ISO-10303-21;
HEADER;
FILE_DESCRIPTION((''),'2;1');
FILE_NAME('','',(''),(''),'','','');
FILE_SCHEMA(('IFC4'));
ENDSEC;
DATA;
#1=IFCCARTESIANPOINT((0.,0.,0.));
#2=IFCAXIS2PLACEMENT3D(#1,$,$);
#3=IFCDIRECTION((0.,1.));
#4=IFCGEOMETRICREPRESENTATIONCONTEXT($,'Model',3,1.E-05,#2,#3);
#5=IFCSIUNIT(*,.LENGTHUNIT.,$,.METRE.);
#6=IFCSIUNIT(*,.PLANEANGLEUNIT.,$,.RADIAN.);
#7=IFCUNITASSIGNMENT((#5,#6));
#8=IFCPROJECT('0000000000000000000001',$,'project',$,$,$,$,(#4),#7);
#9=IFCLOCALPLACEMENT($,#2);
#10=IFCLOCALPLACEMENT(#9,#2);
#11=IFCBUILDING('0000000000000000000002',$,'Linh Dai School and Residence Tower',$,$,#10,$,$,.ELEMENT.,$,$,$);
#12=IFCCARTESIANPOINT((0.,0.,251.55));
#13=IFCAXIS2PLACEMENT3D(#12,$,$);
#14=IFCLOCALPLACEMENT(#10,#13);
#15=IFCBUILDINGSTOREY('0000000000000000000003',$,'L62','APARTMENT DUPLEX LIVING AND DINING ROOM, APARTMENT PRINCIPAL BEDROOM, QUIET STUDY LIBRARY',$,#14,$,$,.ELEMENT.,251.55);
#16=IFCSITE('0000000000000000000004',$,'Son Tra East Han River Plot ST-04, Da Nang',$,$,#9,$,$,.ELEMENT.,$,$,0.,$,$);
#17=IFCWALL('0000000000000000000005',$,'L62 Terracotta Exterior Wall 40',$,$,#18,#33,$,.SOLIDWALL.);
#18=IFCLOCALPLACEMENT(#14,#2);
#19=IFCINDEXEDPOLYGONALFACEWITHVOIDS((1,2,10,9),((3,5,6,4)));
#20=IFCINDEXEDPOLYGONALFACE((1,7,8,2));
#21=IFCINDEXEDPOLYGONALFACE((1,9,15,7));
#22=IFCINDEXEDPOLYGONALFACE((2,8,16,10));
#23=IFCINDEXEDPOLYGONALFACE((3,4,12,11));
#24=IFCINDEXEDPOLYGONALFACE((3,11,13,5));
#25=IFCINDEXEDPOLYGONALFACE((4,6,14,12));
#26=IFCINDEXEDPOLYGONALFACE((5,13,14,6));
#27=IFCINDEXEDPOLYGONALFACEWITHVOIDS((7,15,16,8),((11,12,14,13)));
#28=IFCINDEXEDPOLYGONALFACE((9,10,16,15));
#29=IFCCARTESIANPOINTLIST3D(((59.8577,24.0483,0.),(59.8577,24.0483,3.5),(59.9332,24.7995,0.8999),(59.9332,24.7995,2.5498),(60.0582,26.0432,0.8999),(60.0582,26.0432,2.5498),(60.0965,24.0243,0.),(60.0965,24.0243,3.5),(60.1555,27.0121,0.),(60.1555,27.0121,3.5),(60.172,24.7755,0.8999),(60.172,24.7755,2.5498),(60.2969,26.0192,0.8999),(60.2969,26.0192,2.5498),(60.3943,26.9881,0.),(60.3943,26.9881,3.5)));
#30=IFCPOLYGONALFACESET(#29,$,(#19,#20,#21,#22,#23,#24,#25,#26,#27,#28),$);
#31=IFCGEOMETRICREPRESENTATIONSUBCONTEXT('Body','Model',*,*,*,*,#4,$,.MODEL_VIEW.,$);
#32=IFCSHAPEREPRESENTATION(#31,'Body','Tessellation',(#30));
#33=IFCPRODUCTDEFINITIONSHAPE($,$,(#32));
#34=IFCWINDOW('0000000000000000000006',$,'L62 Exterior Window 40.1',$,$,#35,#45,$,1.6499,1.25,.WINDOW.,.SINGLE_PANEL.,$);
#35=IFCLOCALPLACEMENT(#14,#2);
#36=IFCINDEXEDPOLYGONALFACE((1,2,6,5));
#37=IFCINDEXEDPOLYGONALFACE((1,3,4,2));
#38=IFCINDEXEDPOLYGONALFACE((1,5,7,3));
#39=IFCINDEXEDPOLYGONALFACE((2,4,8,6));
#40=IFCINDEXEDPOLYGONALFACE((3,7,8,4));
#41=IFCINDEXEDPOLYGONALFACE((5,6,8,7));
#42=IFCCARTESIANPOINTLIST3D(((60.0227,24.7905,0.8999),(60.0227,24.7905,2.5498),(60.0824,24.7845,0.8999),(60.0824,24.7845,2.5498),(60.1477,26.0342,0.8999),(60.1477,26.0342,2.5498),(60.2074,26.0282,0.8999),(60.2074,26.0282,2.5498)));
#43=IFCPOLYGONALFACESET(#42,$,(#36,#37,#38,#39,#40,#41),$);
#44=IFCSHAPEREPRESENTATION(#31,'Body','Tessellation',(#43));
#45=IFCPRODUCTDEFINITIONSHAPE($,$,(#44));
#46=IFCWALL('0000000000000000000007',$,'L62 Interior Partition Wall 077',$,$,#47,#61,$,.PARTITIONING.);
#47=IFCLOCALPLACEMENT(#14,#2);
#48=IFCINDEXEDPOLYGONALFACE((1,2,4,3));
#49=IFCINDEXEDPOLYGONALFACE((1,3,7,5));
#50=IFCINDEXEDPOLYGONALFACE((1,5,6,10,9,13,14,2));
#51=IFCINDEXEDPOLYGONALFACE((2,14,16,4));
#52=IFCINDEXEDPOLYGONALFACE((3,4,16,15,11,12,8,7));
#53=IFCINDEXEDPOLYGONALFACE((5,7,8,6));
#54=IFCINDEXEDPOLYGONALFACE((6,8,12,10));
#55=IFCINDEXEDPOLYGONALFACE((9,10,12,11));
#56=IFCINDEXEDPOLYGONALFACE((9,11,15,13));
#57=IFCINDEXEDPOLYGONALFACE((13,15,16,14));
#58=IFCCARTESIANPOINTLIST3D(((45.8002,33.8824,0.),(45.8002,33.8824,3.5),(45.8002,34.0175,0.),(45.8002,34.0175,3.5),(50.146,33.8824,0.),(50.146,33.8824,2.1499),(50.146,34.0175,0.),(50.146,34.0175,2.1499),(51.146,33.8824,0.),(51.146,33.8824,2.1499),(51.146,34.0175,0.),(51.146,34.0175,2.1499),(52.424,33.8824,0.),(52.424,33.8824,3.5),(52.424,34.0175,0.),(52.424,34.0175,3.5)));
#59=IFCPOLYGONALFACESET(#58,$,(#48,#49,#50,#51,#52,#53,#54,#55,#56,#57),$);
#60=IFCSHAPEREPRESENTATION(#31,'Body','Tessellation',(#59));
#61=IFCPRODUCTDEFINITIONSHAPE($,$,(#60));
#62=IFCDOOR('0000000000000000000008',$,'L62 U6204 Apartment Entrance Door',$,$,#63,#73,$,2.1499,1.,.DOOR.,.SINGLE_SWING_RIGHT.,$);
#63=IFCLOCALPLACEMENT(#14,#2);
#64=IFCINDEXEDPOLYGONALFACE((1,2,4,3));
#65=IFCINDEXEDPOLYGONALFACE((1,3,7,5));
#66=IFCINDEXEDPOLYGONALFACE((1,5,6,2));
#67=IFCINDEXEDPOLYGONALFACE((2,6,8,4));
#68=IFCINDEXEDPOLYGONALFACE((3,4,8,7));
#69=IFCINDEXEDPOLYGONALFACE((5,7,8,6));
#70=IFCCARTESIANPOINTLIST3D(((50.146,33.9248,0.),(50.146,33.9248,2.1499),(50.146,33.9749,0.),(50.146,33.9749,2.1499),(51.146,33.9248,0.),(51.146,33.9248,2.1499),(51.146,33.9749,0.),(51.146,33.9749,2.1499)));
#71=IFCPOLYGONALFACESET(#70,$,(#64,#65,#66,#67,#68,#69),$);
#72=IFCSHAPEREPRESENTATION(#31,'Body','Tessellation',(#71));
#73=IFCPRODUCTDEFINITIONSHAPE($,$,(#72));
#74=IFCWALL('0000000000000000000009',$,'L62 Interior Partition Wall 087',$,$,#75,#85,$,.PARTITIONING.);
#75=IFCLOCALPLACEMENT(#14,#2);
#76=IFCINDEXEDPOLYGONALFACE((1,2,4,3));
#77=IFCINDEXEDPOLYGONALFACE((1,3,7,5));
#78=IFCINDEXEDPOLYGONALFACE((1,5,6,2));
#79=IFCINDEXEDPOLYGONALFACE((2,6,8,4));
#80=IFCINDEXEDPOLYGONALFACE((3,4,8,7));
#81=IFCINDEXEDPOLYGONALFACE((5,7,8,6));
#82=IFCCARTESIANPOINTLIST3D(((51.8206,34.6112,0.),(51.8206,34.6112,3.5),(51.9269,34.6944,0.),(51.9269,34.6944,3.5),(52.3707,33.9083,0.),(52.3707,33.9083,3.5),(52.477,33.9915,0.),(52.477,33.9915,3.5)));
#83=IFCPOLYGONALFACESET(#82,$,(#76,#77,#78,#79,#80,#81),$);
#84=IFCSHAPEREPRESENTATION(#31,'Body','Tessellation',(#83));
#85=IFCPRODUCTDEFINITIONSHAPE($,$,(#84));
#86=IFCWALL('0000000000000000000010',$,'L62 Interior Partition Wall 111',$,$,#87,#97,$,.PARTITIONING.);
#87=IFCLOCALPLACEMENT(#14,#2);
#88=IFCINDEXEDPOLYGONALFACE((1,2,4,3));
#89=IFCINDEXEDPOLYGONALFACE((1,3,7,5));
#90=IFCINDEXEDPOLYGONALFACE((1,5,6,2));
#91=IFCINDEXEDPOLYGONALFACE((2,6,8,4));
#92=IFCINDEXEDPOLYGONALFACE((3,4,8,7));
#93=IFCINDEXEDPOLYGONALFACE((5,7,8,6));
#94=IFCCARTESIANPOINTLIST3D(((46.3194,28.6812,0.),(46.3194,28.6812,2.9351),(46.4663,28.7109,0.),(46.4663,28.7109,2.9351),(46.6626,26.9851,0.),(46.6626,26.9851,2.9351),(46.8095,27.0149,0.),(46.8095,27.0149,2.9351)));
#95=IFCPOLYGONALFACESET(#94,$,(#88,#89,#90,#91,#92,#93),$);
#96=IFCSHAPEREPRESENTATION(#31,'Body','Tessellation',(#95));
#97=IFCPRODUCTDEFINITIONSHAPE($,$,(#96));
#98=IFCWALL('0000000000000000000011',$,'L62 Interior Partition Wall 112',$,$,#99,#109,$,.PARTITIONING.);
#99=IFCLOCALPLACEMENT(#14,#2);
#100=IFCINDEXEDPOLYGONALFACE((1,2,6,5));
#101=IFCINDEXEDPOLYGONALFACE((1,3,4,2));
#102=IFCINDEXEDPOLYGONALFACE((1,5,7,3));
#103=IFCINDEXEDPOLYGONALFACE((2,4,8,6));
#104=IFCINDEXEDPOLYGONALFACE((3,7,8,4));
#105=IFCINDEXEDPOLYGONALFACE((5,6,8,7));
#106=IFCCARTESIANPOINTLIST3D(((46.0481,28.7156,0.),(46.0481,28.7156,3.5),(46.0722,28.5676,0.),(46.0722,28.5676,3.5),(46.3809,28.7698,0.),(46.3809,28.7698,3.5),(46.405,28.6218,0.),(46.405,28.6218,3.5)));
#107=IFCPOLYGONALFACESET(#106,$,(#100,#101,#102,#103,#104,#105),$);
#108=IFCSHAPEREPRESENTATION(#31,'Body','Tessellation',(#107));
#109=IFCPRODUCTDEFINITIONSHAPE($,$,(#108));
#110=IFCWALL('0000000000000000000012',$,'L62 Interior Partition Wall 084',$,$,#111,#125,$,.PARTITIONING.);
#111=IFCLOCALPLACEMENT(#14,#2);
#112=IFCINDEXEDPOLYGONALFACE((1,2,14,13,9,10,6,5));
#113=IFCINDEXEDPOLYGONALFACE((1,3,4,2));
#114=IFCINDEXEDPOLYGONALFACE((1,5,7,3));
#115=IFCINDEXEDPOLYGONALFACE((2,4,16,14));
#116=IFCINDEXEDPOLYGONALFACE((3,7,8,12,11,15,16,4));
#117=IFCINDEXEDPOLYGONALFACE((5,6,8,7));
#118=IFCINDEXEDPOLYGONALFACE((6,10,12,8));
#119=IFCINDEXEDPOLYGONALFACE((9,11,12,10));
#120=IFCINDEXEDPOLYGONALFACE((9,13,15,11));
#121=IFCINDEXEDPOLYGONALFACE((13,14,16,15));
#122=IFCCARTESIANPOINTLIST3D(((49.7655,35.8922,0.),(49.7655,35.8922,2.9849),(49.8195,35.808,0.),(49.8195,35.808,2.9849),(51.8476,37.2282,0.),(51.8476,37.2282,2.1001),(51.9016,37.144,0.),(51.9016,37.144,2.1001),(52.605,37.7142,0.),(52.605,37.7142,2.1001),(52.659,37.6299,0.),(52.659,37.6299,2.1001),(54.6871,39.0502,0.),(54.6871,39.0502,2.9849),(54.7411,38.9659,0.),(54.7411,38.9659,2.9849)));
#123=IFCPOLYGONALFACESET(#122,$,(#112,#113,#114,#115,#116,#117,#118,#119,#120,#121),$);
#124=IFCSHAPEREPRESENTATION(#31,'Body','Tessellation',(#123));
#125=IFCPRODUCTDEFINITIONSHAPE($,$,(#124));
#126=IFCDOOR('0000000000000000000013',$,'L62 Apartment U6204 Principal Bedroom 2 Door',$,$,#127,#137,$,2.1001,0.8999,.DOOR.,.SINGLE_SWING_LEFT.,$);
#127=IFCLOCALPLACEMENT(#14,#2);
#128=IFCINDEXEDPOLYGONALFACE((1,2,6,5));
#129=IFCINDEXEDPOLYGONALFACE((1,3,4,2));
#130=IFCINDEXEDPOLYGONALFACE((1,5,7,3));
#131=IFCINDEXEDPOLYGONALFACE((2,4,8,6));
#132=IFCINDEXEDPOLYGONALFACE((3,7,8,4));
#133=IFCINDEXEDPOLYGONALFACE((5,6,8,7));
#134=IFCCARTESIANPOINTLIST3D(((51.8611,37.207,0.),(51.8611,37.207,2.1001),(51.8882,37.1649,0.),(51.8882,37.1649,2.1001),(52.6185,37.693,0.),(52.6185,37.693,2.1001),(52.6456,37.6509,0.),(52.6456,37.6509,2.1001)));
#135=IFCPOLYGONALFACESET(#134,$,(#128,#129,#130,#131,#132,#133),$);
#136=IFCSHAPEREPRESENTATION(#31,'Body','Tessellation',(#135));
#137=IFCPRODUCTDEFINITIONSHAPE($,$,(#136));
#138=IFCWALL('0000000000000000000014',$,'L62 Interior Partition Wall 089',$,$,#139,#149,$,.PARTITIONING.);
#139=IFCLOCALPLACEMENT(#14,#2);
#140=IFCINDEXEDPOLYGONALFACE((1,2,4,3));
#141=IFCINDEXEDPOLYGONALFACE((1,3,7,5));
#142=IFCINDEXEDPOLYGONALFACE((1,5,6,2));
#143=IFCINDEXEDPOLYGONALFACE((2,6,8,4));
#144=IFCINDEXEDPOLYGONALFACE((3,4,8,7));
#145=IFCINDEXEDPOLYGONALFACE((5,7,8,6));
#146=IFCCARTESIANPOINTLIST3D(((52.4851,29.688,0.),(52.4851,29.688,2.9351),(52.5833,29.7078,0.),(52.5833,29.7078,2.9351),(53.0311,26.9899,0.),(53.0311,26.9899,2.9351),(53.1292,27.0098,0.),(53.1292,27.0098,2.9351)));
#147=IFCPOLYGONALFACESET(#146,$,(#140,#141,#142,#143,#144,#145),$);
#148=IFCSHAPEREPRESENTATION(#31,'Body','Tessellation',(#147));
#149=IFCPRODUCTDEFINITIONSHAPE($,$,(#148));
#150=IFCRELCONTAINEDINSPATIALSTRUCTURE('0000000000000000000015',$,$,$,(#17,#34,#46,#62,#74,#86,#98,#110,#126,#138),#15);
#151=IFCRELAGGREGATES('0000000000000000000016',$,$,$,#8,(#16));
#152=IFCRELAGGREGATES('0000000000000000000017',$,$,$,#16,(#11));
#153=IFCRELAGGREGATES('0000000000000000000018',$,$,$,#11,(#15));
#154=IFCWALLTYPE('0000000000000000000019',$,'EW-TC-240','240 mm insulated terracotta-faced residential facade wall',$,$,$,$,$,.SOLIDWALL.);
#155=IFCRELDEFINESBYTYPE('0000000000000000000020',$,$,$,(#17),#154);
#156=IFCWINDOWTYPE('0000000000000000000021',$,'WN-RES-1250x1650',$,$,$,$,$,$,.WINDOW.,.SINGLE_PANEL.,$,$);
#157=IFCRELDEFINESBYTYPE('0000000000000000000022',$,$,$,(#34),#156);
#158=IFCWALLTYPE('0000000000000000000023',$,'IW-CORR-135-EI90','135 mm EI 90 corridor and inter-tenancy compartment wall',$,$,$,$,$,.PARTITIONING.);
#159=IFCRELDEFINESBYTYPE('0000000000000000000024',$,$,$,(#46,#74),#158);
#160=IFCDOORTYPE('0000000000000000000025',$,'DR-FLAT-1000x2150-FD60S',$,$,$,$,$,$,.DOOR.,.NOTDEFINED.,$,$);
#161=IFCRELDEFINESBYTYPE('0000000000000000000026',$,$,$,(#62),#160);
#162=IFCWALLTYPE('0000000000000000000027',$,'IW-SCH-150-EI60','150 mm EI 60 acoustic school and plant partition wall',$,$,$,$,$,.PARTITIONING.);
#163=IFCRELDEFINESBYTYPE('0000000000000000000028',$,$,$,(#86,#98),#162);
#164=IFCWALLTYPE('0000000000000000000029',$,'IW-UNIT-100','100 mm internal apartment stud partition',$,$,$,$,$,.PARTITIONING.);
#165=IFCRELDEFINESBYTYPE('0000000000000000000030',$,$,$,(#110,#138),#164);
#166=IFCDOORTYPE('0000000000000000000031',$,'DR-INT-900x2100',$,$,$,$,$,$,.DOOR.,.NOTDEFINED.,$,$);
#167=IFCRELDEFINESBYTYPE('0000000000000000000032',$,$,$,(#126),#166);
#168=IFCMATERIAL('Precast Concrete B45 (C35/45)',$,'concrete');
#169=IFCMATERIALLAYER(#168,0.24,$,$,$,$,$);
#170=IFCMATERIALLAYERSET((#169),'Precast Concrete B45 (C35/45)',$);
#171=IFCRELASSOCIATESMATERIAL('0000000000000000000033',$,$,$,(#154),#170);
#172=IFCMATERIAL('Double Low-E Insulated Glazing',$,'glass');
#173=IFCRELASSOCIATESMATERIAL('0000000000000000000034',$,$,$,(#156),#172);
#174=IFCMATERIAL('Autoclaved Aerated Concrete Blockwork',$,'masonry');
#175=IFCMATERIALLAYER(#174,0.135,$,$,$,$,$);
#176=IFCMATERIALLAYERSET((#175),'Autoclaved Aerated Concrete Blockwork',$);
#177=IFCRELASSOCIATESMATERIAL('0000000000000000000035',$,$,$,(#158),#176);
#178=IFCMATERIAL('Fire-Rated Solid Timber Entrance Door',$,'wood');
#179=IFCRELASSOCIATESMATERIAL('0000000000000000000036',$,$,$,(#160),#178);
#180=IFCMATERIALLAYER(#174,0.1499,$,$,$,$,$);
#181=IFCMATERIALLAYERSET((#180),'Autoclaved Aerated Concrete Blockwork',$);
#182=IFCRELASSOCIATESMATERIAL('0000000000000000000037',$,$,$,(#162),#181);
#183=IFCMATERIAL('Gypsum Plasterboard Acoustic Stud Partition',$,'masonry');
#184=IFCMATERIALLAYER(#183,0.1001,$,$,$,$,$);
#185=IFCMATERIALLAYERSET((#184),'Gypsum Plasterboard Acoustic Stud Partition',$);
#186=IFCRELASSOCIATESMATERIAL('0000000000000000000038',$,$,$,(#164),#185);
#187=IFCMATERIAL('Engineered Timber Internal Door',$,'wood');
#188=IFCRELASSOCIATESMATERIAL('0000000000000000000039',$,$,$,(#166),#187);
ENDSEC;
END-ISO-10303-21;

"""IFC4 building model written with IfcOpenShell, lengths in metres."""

from ifc_helpers import new_model, si_unit, direction, frame, frame_2d, origin, origin_2d, place, context, subcontext, project, spatial, rectangle, extrude, source, transform, mapped, material, layer, layer_set, type_object, element, fill, save


model = new_model("IFC4")

# Units and contexts
model_context = context("Model", 3, precision=1e-05, world=origin(), true_north=direction((0.0, 1.0)))
body_context = subcontext(model_context, "Body", "Model", "MODEL_VIEW")
ifc_project = project(units=[si_unit("LENGTHUNIT", "METRE"), si_unit("PLANEANGLEUNIT", "RADIAN")], contexts=[model_context])

# Site, building, storey
site_placement = place(None, origin())
site = spatial("IfcSite", under=ifc_project, at=site_placement, Name="Son Tra East Han River Plot ST-04, Da Nang", CompositionType="ELEMENT", RefElevation=0.0)
building_placement = place(site_placement, origin())
building = spatial("IfcBuilding", under=site, at=building_placement, Name="Linh Dai School and Residence Tower", CompositionType="ELEMENT")
storey_placement = place(building_placement, frame((0.0, 0.0, 251.55)))
storey = spatial("IfcBuildingStorey", under=building, at=storey_placement, Name="L62", Description="APARTMENT DUPLEX LIVING AND DINING ROOM, APARTMENT PRINCIPAL BEDROOM, QUIET STUDY LIBRARY", CompositionType="ELEMENT", Elevation=251.55)

# Shared definitions
ifc_material_1 = material(Name="Precast Concrete B45 (C35/45)", Category="concrete")

# Shared definitions
ifc_layer_1 = layer(ifc_material_1, 0.24)
ifc_layer_set_1 = layer_set([ifc_layer_1], Name="Precast Concrete B45 (C35/45)")
wall_type_1 = type_object("IfcWallType", Name="EW-TC-240", Description="240 mm insulated terracotta-faced residential facade wall", PredefinedType="SOLIDWALL", material=ifc_layer_set_1)

# Wall, opening, window
wall_1_placement = place(storey_placement, frame((60.2749, 27.0, 0.0), z_axis=(0.0, 0.0, 1.0), x_axis=(-0.099991, -0.994988, 0.0)))
wall_1 = element("IfcWall", 1, at=wall_1_placement, inside=storey, type_object=wall_type_1, Name="L62 Terracotta Exterior Wall 40", PredefinedType="SOLIDWALL", context=body_context, shape_type="SweptSolid", body=[
    extrude(rectangle(XDim=2.9788, YDim=0.24, at=frame_2d((1.4893, 0.0))), origin(), (0.0, 0.0, 1.0), 3.5),
])
opening_1_placement = place(wall_1_placement, frame((0.9736, 0.0, 0.8999)))
opening_1 = element("IfcOpeningElement", 2, at=opening_1_placement, cuts=wall_1, PredefinedType="OPENING", context=body_context, shape_type="SweptSolid", body=[
    extrude(rectangle(XDim=1.25, YDim=1.6499, at=origin_2d()), frame((0.625, 0.1299, 0.825), z_axis=(0.0, -1.0, 0.0), x_axis=(1.0, 0.0, 0.0)), (0.0, 0.0, 1.0), 0.26),
])
ifc_material_2 = material(Name="Double Low-E Insulated Glazing", Category="glass")
window_type = type_object("IfcWindowType", Name="WN-RES-1250x1650", PartitioningType="SINGLE_PANEL", PredefinedType="WINDOW", material=ifc_material_2)
shared_shape_1 = source(origin(), body_context, "Body", "SweptSolid", [
    extrude(rectangle(XDim=1.25, YDim=1.6499, at=origin_2d()), frame((0.625, 0.03, 0.825), z_axis=(0.0, -1.0, 0.0), x_axis=(1.0, 0.0, 0.0)), (0.0, 0.0, 1.0), 0.0601),
])
window_placement = place(opening_1_placement, origin())
window = element("IfcWindow", 3, at=window_placement, inside=storey, type_object=window_type, Name="L62 Exterior Window 40.1", OverallHeight=1.6499, OverallWidth=1.25, PartitioningType="SINGLE_PANEL", PredefinedType="WINDOW", context=body_context, shape_type="MappedRepresentation", body=[
    mapped(shared_shape_1, transform((0.0, 0.0, 0.0), x_axis=(1.0, 0.0, 0.0), y_axis=(0.0, 1.0, 0.0), z_axis=(0.0, 0.0, 1.0), scale=1.0)),
])
fill(opening_1, window)

# Wall, opening, door
ifc_material_3 = material(Name="Autoclaved Aerated Concrete Blockwork", Category="masonry")
ifc_layer_2 = layer(ifc_material_3, 0.135)
ifc_layer_set_2 = layer_set([ifc_layer_2], Name="Autoclaved Aerated Concrete Blockwork")
wall_type_2 = type_object("IfcWallType", Name="IW-CORR-135-EI90", Description="135 mm EI 90 corridor and inter-tenancy compartment wall", PredefinedType="PARTITIONING", material=ifc_layer_set_2)
wall_2_placement = place(storey_placement, frame((45.8, 33.95, 0.0), z_axis=(0.0, 0.0, 1.0), x_axis=(1.0, 0.0, 0.0)))
wall_2 = element("IfcWall", 4, at=wall_2_placement, inside=storey, type_object=wall_type_2, Name="L62 Interior Partition Wall 077", PredefinedType="PARTITIONING", context=body_context, shape_type="SweptSolid", body=[
    extrude(rectangle(XDim=6.6238, YDim=0.135, at=frame_2d((3.312, 0.0))), origin(), (0.0, 0.0, 1.0), 3.5),
])
opening_2_placement = place(wall_2_placement, frame((4.3459, 0.0, 0.0)))
opening_2 = element("IfcOpeningElement", 5, at=opening_2_placement, cuts=wall_2, PredefinedType="OPENING", context=body_context, shape_type="SweptSolid", body=[
    extrude(rectangle(XDim=1.0, YDim=2.1499, at=origin_2d()), frame((0.5, 0.0776, 1.075), z_axis=(0.0, -1.0, 0.0), x_axis=(1.0, 0.0, 0.0)), (0.0, 0.0, 1.0), 0.155),
])
ifc_material_4 = material(Name="Fire-Rated Solid Timber Entrance Door", Category="wood")
door_type_1 = type_object("IfcDoorType", Name="DR-FLAT-1000x2150-FD60S", OperationType="NOTDEFINED", PredefinedType="DOOR", material=ifc_material_4)
shared_shape_2 = source(origin(), body_context, "Body", "SweptSolid", [
    extrude(rectangle(XDim=1.0, YDim=2.1499, at=origin_2d()), frame((0.5, 0.0249, 1.075), z_axis=(0.0, -1.0, 0.0), x_axis=(1.0, 0.0, 0.0)), (0.0, 0.0, 1.0), 0.05),
])
door_1_placement = place(opening_2_placement, origin())
door_1 = element("IfcDoor", 6, at=door_1_placement, inside=storey, type_object=door_type_1, Name="L62 U6204 Apartment Entrance Door", OperationType="SINGLE_SWING_RIGHT", OverallHeight=2.1499, OverallWidth=1.0, PredefinedType="DOOR", context=body_context, shape_type="MappedRepresentation", body=[
    mapped(shared_shape_2, transform((0.0, 0.0, 0.0), x_axis=(1.0, 0.0, 0.0), y_axis=(0.0, 1.0, 0.0), z_axis=(0.0, 0.0, 1.0), scale=1.0)),
])
fill(opening_2, door_1)

# Walls
wall_3_placement = place(storey_placement, frame((51.8738, 34.6528, 0.0), z_axis=(0.0, 0.0, 1.0), x_axis=(0.616286, -0.787522, 0.0)))
element("IfcWall", 7, at=wall_3_placement, inside=storey, type_object=wall_type_2, Name="L62 Interior Partition Wall 087", PredefinedType="PARTITIONING", context=body_context, shape_type="SweptSolid", body=[
    extrude(rectangle(XDim=0.8926, YDim=0.135, at=frame_2d((0.4463, 0.0))), origin(), (0.0, 0.0, 1.0), 3.5),
])
ifc_layer_3 = layer(ifc_material_3, 0.1499)
ifc_layer_set_3 = layer_set([ifc_layer_3], Name="Autoclaved Aerated Concrete Blockwork")
wall_type_3 = type_object("IfcWallType", Name="IW-SCH-150-EI60", Description="150 mm EI 60 acoustic school and plant partition wall", PredefinedType="PARTITIONING", material=ifc_layer_set_3)
wall_4_placement = place(storey_placement, frame((46.7361, 27.0, 0.0), z_axis=(0.0, 0.0, 1.0), x_axis=(-0.198368, 0.980128, 0.0)))
element("IfcWall", 8, at=wall_4_placement, inside=storey, type_object=wall_type_3, Name="L62 Interior Partition Wall 111", PredefinedType="PARTITIONING", context=body_context, shape_type="SweptSolid", body=[
    extrude(rectangle(XDim=1.7305, YDim=0.1499, at=frame_2d((0.8652, 0.0))), origin(), (0.0, 0.0, 1.0), 2.9351),
])
wall_5_placement = place(storey_placement, frame((46.3928, 28.6958, 0.0), z_axis=(0.0, 0.0, 1.0), x_axis=(-0.986994, -0.160758, 0.0)))
element("IfcWall", 9, at=wall_5_placement, inside=storey, type_object=wall_type_3, Name="L62 Interior Partition Wall 112", PredefinedType="PARTITIONING", context=body_context, shape_type="SweptSolid", body=[
    extrude(rectangle(XDim=0.3372, YDim=0.1499, at=frame_2d((0.1685, 0.0))), origin(), (0.0, 0.0, 1.0), 3.5),
])

# Wall, opening, door
ifc_material_5 = material(Name="Gypsum Plasterboard Acoustic Stud Partition", Category="masonry")
ifc_layer_4 = layer(ifc_material_5, 0.1001)
ifc_layer_set_4 = layer_set([ifc_layer_4], Name="Gypsum Plasterboard Acoustic Stud Partition")
wall_type_4 = type_object("IfcWallType", Name="IW-UNIT-100", Description="100 mm internal apartment stud partition", PredefinedType="PARTITIONING", material=ifc_layer_set_4)
wall_6_placement = place(storey_placement, frame((49.7925, 35.8501, 0.0), z_axis=(0.0, 0.0, 1.0), x_axis=(0.841641, 0.540038, 0.0)))
wall_6 = element("IfcWall", 10, at=wall_6_placement, inside=storey, type_object=wall_type_4, Name="L62 Interior Partition Wall 084", PredefinedType="PARTITIONING", context=body_context, shape_type="SweptSolid", body=[
    extrude(rectangle(XDim=5.8477, YDim=0.1001, at=frame_2d((2.9238, 0.0))), origin(), (0.0, 0.0, 1.0), 2.9849),
])
opening_3_placement = place(wall_6_placement, frame((2.4739, 0.0, 0.0)))
opening_3 = element("IfcOpeningElement", 11, at=opening_3_placement, cuts=wall_6, PredefinedType="OPENING", context=body_context, shape_type="SweptSolid", body=[
    extrude(rectangle(XDim=0.8999, YDim=2.1001, at=origin_2d()), frame((0.45, 0.0601, 1.05), z_axis=(0.0, -1.0, 0.0), x_axis=(1.0, 0.0, 0.0)), (0.0, 0.0, 1.0), 0.1201),
])
ifc_material_6 = material(Name="Engineered Timber Internal Door", Category="wood")
door_type_2 = type_object("IfcDoorType", Name="DR-INT-900x2100", OperationType="NOTDEFINED", PredefinedType="DOOR", material=ifc_material_6)
shared_shape_3 = source(origin(), body_context, "Body", "SweptSolid", [
    extrude(rectangle(XDim=0.8999, YDim=2.1001, at=origin_2d()), frame((0.45, 0.0249, 1.05), z_axis=(0.0, -1.0, 0.0), x_axis=(1.0, 0.0, 0.0)), (0.0, 0.0, 1.0), 0.05),
])
door_2_placement = place(opening_3_placement, origin())
door_2 = element("IfcDoor", 12, at=door_2_placement, inside=storey, type_object=door_type_2, Name="L62 Apartment U6204 Principal Bedroom 2 Door", OperationType="SINGLE_SWING_LEFT", OverallHeight=2.1001, OverallWidth=0.8999, PredefinedType="DOOR", context=body_context, shape_type="MappedRepresentation", body=[
    mapped(shared_shape_3, transform((0.0, 0.0, 0.0), x_axis=(1.0, 0.0, 0.0), y_axis=(0.0, 1.0, 0.0), z_axis=(0.0, 0.0, 1.0), scale=1.0)),
])
fill(opening_3, door_2)

# Wall
wall_7_placement = place(storey_placement, frame((52.5342, 29.698, 0.0), z_axis=(0.0, 0.0, 1.0), x_axis=(0.198316, -0.980138, 0.0)))
element("IfcWall", 13, at=wall_7_placement, inside=storey, type_object=wall_type_4, Name="L62 Interior Partition Wall 089", PredefinedType="PARTITIONING", context=body_context, shape_type="SweptSolid", body=[
    extrude(rectangle(XDim=2.7527, YDim=0.1001, at=frame_2d((1.3765, 0.0))), origin(), (0.0, 0.0, 1.0), 2.9351),
])

save(model, "model.ifc")
